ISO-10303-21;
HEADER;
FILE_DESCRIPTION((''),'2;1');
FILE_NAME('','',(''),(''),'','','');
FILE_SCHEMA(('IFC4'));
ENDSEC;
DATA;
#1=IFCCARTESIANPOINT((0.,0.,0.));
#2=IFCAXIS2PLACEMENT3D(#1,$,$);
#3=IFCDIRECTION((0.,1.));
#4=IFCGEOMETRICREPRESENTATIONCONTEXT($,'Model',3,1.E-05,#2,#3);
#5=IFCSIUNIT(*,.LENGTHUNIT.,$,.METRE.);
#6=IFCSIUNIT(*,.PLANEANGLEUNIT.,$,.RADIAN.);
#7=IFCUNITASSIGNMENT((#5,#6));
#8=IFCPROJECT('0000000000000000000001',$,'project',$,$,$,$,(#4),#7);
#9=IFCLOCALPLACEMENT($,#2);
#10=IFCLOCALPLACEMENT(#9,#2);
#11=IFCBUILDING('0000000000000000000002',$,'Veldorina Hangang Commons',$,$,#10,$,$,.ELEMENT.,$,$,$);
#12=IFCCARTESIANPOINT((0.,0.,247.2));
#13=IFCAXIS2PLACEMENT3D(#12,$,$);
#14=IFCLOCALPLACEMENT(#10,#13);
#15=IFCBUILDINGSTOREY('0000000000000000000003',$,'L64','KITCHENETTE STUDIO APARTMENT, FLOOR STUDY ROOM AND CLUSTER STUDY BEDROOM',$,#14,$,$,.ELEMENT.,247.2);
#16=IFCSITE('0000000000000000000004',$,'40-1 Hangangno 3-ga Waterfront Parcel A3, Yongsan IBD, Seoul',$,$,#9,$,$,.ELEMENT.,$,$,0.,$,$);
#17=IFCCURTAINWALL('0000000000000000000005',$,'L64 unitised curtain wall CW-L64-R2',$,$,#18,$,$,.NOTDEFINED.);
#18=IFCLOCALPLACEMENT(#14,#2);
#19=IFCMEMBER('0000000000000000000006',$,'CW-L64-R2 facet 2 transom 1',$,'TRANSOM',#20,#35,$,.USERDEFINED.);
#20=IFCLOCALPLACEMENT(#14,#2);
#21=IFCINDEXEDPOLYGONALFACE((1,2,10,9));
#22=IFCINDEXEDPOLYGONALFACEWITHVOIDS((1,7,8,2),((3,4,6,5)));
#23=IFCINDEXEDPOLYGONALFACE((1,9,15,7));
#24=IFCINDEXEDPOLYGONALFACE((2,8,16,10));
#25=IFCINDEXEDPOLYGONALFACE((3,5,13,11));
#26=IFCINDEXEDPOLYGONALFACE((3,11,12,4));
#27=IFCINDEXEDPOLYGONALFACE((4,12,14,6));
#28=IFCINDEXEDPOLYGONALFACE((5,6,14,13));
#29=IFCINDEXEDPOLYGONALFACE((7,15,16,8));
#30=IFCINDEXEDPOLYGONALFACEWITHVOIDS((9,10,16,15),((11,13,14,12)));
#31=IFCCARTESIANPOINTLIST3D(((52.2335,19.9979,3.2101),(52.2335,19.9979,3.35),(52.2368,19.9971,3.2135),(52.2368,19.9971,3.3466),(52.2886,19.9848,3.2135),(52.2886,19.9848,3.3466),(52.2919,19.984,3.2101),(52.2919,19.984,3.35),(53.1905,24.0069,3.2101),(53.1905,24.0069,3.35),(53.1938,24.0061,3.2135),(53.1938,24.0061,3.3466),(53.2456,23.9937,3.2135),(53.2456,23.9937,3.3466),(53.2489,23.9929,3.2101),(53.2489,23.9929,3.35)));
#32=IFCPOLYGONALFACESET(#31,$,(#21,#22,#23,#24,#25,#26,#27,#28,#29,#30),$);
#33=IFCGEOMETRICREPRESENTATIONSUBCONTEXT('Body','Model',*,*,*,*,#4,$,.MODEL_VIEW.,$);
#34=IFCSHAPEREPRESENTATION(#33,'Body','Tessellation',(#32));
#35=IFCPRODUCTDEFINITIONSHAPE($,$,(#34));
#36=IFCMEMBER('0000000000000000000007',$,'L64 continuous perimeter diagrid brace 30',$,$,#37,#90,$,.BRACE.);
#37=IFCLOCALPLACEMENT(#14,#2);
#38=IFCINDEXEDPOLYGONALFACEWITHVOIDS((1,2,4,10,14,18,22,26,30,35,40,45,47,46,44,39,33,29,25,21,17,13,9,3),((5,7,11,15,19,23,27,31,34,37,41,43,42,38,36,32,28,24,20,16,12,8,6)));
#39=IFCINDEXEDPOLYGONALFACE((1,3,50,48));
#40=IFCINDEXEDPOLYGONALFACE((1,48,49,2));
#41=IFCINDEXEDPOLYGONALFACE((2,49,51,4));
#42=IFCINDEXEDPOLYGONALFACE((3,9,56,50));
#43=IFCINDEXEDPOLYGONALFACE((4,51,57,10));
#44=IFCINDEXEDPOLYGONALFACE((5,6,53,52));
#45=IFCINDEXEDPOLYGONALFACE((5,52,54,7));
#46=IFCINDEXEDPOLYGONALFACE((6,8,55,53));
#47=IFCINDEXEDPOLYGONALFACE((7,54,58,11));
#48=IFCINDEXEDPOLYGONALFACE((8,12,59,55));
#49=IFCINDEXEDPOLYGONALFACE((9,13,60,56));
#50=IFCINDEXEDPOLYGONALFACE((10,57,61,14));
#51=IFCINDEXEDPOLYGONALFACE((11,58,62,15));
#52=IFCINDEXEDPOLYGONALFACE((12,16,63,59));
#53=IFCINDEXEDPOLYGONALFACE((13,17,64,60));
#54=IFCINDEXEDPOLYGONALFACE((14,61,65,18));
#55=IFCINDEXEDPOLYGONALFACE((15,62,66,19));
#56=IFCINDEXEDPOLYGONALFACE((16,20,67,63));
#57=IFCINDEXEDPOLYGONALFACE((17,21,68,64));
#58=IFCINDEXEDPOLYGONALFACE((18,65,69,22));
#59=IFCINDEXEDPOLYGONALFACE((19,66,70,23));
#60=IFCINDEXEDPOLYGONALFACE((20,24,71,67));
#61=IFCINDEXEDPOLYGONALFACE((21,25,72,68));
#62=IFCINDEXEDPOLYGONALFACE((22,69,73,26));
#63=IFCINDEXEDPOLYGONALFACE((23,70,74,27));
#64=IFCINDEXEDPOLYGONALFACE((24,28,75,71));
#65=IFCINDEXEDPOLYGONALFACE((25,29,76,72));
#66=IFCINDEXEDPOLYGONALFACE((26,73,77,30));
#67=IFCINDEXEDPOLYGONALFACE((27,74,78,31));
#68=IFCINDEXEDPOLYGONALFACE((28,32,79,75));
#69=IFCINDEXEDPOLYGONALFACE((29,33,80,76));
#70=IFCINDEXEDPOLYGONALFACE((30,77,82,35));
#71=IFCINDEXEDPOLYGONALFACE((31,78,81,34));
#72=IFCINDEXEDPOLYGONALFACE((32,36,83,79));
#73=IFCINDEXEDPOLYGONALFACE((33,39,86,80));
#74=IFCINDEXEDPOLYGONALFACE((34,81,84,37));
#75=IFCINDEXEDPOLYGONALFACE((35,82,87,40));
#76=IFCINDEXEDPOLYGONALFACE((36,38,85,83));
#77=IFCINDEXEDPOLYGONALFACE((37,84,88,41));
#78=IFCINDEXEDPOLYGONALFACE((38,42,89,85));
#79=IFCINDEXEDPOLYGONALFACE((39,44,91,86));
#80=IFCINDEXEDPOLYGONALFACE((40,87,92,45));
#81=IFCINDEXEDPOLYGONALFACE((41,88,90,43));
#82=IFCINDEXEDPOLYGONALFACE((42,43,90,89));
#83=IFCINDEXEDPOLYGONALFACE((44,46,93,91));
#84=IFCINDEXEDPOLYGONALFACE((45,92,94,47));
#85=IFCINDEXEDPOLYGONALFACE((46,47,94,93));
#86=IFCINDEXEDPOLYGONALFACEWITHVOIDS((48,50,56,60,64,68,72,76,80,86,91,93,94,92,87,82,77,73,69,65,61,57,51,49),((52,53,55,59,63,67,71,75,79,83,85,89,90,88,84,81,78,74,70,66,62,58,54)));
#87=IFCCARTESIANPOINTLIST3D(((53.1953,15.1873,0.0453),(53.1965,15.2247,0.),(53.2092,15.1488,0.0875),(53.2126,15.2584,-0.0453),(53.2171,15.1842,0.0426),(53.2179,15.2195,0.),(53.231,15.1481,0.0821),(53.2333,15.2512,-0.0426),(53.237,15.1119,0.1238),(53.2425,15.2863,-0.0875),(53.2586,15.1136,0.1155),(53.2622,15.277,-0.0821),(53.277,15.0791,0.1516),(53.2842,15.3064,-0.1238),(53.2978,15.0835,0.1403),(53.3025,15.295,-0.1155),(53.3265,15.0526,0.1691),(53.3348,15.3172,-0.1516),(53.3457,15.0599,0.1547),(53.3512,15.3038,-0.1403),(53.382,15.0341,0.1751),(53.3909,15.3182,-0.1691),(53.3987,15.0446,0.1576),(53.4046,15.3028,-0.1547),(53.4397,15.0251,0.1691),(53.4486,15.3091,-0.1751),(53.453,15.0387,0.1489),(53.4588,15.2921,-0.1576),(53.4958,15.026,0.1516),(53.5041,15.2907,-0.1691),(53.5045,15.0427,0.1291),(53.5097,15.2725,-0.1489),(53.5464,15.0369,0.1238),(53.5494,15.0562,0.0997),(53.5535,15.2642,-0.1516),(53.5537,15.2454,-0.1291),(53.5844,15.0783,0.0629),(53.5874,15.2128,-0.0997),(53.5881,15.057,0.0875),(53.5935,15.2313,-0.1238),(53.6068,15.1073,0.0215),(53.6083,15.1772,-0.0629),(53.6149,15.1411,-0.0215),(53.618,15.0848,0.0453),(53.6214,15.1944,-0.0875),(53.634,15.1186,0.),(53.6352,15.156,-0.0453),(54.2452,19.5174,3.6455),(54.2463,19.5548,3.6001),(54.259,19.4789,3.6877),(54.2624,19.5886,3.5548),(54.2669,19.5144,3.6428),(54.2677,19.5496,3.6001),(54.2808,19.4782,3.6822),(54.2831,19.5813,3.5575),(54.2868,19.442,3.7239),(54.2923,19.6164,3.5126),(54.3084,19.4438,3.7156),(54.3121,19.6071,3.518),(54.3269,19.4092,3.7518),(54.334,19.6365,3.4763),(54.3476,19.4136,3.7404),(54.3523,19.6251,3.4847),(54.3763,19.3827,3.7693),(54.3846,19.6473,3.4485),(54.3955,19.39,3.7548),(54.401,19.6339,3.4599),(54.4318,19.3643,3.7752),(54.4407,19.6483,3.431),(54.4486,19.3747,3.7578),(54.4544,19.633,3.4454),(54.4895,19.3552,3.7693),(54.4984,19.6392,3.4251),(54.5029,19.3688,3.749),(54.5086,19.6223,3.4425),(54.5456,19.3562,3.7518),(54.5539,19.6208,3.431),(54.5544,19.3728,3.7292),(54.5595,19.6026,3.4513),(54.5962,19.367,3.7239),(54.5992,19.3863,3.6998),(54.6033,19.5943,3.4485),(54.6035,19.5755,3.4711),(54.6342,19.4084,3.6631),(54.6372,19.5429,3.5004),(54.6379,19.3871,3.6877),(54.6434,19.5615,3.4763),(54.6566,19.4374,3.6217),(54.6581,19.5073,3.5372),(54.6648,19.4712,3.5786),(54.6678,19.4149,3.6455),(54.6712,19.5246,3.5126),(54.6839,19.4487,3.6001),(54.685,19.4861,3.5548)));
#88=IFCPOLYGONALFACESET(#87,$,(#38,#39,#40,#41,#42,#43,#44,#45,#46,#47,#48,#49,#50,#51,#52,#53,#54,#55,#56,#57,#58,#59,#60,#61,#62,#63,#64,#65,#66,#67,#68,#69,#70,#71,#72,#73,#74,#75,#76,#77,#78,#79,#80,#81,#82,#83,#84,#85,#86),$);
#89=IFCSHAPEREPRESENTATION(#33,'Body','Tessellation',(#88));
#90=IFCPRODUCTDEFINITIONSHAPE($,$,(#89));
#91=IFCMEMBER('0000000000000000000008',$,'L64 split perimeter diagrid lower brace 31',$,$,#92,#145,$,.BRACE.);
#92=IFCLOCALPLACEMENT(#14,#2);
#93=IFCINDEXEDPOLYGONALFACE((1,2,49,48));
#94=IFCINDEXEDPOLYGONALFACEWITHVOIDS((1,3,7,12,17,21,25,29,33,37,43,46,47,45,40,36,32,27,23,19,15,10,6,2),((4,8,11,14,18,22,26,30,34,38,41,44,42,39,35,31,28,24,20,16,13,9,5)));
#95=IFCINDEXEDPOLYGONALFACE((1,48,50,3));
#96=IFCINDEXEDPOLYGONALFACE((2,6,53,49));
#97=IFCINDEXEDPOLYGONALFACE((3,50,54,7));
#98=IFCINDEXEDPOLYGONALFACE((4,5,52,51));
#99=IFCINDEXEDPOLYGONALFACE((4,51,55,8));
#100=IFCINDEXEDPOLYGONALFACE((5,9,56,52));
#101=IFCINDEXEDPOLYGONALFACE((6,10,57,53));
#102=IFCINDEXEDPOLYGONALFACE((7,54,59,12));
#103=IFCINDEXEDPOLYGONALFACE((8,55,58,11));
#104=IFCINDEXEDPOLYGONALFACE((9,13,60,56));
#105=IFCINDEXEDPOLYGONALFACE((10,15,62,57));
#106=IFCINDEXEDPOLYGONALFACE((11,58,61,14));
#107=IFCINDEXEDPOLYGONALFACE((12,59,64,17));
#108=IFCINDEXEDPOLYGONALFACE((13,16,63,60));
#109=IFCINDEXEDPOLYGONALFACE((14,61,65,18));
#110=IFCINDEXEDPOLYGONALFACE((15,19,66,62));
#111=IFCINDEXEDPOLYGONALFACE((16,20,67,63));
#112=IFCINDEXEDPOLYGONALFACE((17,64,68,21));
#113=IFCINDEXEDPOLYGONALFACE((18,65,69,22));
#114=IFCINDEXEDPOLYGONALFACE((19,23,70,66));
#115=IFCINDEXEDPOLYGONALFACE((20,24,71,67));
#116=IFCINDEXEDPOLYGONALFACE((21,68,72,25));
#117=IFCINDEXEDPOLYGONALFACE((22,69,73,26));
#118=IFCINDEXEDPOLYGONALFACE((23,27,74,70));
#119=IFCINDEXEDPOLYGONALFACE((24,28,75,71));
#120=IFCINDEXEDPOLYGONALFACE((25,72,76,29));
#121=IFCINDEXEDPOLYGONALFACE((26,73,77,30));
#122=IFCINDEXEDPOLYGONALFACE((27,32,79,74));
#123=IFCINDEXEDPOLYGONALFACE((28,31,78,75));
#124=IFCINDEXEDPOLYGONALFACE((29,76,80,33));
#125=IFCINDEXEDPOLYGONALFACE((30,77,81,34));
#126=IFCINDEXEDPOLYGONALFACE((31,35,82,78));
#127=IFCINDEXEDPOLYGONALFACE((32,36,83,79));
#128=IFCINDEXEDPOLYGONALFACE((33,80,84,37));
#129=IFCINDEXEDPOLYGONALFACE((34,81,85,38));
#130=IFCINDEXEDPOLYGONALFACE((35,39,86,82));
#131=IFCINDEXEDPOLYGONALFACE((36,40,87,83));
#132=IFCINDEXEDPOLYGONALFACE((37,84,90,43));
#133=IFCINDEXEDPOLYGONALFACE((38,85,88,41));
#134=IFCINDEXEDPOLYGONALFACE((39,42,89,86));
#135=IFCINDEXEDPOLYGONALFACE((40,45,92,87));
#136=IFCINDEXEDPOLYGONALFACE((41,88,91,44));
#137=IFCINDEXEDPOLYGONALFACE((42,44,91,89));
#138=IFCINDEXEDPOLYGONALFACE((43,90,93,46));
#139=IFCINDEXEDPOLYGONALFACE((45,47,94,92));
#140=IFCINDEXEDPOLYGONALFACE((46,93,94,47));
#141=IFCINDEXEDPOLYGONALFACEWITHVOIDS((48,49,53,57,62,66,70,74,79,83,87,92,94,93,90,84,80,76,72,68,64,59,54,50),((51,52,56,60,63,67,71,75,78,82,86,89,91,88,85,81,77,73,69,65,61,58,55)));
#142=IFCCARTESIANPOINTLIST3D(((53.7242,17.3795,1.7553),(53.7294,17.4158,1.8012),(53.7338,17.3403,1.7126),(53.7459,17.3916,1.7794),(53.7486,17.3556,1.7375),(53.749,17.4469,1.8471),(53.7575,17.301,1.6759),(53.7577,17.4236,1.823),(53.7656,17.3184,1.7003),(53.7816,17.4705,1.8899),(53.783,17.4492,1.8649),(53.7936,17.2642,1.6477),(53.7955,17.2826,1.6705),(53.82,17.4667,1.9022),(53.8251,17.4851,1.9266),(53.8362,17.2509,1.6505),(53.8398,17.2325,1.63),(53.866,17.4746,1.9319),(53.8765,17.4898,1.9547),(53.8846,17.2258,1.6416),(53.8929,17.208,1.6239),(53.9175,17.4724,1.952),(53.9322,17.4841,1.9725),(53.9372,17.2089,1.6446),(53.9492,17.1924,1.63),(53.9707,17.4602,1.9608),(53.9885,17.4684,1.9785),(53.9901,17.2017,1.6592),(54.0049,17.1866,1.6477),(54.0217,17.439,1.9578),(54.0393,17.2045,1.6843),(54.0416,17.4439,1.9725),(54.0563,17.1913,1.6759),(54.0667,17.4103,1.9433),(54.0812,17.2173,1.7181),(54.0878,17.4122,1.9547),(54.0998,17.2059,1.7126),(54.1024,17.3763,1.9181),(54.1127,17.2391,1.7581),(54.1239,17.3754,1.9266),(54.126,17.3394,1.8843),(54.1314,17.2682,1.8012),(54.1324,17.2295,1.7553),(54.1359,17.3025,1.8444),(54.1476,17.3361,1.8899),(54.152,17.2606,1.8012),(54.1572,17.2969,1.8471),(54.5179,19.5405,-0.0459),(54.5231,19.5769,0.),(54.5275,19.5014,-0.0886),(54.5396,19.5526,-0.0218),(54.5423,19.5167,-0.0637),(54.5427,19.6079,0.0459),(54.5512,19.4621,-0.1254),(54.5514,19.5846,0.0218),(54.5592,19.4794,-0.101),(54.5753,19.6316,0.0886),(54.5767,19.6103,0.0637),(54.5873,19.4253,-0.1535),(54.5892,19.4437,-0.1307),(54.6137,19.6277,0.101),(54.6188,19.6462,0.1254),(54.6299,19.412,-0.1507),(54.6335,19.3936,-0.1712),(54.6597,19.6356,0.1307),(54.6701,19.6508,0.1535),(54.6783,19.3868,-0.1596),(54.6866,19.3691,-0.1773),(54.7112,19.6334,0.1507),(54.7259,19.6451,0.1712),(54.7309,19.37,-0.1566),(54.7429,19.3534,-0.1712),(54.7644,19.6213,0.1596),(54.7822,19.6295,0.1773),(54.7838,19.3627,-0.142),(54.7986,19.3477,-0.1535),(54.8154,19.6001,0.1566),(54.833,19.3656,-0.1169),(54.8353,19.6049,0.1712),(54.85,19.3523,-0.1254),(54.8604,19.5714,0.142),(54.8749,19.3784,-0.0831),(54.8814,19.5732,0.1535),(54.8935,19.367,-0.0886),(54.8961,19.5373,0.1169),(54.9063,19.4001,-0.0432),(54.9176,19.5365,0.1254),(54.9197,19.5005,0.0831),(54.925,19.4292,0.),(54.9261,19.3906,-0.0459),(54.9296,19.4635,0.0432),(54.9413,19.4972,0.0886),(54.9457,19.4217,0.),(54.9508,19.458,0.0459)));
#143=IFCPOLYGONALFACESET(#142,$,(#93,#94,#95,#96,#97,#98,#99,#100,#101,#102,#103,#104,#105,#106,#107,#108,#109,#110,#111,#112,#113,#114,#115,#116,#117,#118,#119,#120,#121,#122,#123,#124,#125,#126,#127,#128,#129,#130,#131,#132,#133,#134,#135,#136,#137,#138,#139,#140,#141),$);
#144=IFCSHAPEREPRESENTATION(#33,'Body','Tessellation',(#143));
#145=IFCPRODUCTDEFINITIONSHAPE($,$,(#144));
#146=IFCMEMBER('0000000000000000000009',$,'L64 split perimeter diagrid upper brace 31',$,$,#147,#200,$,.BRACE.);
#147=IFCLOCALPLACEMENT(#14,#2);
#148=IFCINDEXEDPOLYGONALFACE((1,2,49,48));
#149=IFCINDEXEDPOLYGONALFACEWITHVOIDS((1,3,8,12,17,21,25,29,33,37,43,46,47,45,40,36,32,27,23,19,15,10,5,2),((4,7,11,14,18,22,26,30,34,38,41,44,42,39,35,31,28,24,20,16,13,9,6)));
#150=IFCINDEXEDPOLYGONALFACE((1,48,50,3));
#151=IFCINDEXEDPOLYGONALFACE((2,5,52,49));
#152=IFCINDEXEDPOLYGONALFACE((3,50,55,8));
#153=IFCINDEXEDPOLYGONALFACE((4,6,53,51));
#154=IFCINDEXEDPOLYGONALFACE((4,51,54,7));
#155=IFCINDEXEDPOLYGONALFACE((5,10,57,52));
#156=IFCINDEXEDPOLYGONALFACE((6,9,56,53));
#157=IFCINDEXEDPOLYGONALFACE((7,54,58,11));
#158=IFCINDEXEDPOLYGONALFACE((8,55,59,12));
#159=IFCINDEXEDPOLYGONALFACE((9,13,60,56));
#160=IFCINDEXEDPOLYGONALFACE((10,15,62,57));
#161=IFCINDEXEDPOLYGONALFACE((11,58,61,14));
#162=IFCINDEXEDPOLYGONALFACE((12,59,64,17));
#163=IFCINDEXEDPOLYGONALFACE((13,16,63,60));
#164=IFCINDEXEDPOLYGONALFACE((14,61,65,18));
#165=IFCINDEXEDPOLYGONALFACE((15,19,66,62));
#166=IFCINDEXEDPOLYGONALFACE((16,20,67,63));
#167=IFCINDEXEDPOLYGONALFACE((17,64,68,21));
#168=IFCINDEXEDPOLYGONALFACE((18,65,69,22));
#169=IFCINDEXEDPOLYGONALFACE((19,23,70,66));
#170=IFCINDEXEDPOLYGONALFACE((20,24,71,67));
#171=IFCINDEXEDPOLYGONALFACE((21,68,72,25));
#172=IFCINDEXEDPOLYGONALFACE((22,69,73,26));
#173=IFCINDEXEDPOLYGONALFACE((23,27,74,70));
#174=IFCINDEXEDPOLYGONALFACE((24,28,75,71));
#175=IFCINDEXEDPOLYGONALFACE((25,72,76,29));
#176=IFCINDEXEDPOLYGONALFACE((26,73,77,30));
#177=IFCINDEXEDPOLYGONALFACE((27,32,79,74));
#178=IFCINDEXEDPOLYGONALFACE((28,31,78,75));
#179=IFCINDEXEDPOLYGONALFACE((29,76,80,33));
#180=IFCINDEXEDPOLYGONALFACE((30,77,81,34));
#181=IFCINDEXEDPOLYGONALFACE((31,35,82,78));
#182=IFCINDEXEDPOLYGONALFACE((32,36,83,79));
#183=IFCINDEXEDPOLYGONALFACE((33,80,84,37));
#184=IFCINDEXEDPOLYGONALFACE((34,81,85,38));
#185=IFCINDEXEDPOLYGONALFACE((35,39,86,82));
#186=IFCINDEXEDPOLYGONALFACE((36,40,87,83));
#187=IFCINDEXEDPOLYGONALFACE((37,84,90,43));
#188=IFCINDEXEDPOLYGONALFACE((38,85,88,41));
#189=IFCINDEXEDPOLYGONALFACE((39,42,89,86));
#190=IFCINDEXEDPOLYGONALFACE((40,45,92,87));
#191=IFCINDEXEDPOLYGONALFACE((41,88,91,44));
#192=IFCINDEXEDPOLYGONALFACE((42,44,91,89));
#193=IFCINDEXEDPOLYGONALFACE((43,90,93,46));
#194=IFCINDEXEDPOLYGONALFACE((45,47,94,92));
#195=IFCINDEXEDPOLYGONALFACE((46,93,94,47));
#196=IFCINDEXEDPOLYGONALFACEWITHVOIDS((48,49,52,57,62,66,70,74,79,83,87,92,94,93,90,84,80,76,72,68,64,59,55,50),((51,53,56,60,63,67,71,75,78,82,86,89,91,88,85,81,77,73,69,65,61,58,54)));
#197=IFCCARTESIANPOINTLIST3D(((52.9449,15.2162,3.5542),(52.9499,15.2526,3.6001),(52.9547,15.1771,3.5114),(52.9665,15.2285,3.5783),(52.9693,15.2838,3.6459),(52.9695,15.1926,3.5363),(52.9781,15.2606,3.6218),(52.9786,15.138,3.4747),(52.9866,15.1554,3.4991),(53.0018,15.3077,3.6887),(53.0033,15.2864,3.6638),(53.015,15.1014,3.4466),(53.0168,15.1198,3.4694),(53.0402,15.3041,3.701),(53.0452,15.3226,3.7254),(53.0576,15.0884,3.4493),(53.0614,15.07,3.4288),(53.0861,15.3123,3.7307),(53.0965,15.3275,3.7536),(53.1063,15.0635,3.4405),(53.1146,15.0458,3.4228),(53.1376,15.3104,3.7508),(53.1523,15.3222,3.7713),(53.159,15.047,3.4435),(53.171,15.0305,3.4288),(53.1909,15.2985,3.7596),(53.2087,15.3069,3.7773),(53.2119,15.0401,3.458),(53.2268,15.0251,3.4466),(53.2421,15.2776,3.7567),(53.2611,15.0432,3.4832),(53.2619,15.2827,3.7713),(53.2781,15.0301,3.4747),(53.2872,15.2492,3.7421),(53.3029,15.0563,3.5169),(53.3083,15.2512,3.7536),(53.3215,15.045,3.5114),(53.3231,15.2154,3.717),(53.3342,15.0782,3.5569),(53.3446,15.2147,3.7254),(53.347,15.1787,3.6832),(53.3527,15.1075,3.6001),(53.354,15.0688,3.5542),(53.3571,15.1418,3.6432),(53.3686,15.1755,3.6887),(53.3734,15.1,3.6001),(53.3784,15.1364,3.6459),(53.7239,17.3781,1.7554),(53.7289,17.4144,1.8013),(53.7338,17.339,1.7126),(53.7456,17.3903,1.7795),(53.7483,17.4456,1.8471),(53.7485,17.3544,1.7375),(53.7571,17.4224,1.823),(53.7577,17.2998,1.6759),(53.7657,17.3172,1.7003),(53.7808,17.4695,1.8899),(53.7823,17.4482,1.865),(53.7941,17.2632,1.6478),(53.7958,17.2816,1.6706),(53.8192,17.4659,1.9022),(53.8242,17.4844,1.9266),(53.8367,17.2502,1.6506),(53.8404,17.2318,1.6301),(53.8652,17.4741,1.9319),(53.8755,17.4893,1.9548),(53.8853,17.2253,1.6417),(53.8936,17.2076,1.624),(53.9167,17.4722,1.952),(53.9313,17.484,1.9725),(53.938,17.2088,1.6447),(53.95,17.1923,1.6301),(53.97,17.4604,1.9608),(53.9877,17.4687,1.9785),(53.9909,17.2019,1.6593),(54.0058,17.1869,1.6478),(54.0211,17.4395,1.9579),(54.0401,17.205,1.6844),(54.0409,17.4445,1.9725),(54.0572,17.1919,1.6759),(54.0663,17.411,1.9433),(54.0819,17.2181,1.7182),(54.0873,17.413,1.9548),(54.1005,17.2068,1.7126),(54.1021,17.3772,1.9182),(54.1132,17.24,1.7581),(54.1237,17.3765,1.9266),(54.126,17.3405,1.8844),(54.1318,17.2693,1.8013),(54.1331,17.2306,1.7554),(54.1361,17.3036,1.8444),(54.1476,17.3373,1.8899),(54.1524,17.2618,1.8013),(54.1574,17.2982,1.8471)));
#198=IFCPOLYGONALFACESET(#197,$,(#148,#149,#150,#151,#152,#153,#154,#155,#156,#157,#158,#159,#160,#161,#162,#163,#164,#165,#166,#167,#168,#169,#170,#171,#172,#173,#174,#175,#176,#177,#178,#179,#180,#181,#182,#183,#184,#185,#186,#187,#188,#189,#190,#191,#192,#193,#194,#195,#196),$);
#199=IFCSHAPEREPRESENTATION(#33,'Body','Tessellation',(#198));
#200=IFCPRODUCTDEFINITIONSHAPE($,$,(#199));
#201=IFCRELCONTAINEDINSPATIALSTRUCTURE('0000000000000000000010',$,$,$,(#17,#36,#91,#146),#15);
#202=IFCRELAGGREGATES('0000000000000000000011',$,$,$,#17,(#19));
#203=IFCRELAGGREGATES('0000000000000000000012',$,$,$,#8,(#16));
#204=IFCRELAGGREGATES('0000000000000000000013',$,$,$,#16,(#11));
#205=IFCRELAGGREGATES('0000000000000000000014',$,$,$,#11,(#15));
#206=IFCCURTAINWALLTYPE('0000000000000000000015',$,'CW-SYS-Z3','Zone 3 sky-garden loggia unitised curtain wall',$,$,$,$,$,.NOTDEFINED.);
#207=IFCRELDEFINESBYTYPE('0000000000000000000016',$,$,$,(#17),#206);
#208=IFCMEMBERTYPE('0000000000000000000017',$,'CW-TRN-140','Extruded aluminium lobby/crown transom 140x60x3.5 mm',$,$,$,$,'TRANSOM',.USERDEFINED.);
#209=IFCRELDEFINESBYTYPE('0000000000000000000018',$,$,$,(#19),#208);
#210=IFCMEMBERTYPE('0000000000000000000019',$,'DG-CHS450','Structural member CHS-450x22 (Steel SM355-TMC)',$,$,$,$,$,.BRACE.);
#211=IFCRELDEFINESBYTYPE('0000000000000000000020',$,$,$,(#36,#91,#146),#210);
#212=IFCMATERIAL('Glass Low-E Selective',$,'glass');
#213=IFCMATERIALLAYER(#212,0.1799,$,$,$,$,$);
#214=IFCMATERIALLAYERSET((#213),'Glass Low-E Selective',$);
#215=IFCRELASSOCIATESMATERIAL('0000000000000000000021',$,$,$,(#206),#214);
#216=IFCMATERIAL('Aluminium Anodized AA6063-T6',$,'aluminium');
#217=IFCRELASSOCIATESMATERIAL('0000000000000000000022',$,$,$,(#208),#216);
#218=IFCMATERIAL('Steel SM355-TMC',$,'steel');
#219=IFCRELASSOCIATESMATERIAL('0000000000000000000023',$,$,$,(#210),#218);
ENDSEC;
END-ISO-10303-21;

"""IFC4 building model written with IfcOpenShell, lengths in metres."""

from ifc_helpers import new_model, si_unit, direction, frame, origin, origin_2d, place, context, subcontext, project, spatial, hollow_rectangle, hollow_circle, extrude, material, layer, layer_set, material_profile, profile_set, type_object, element, aggregate, save


model = new_model("IFC4")

# Units and contexts
model_context = context("Model", 3, precision=1e-05, world=origin(), true_north=direction((0.0, 1.0)))
body_context = subcontext(model_context, "Body", "Model", "MODEL_VIEW")
ifc_project = project(units=[si_unit("LENGTHUNIT", "METRE"), si_unit("PLANEANGLEUNIT", "RADIAN")], contexts=[model_context])

# Site, building, storey
site_placement = place(None, origin())
site = spatial("IfcSite", under=ifc_project, at=site_placement, Name="40-1 Hangangno 3-ga Waterfront Parcel A3, Yongsan IBD, Seoul", CompositionType="ELEMENT", RefElevation=0.0)
building_placement = place(site_placement, origin())
building = spatial("IfcBuilding", under=site, at=building_placement, Name="Veldorina Hangang Commons", CompositionType="ELEMENT")
storey_placement = place(building_placement, frame((0.0, 0.0, 247.2)))
storey = spatial("IfcBuildingStorey", under=building, at=storey_placement, Name="L64", Description="KITCHENETTE STUDIO APARTMENT, FLOOR STUDY ROOM AND CLUSTER STUDY BEDROOM", CompositionType="ELEMENT", Elevation=247.2)

# Shared definitions
ifc_material_1 = material(Name="Steel SM355-TMC", Category="steel")

# Curtain wall, member
ifc_material_2 = material(Name="Glass Low-E Selective", Category="glass")
ifc_layer_1 = layer(ifc_material_2, 0.1799)
ifc_layer_set_1 = layer_set([ifc_layer_1], Name="Glass Low-E Selective")
curtain_wall_type = type_object("IfcCurtainWallType", Name="CW-SYS-Z3", Description="Zone 3 sky-garden loggia unitised curtain wall", PredefinedType="NOTDEFINED", material=ifc_layer_set_1)
curtain_wall_placement = place(storey_placement, origin())
curtain_wall = element("IfcCurtainWall", 1, at=curtain_wall_placement, inside=storey, type_object=curtain_wall_type, Name="L64 unitised curtain wall CW-L64-R2", PredefinedType="NOTDEFINED")
ifc_material_3 = material(Name="Aluminium Anodized AA6063-T6", Category="aluminium")
ifc_material_profile_1 = material_profile(ifc_material_3, hollow_rectangle(XDim=0.0601, YDim=0.1399, WallThickness=0.0034, at=origin_2d()), Name="ALU-RHS-140x60x3.5")
ifc_profile_set_1 = profile_set([ifc_material_profile_1], Name="Aluminium Anodized AA6063-T6")
member_type_1 = type_object("IfcMemberType", Name="CW-TRN-140", Description="Extruded aluminium lobby/crown transom 140x60x3.5 mm", ElementType="TRANSOM", PredefinedType="USERDEFINED", material=ifc_profile_set_1)
member_1_placement = place(storey_placement, frame((52.2627, 19.991, 3.28), z_axis=(0.232194, 0.972669, 0.0), x_axis=(-0.972669, 0.232194, 0.0)))
member_1 = element("IfcMember", 2, at=member_1_placement, type_object=member_type_1, Name="CW-L64-R2 facet 2 transom 1", ObjectType="TRANSOM", PredefinedType="USERDEFINED", context=body_context, shape_type="SweptSolid", body=[
    extrude(hollow_rectangle(XDim=0.0601, YDim=0.1399, WallThickness=0.0034, at=origin_2d()), origin(), (0.0, 0.0, 1.0), 4.1216),
])

# Members
ifc_material_profile_2 = material_profile(ifc_material_1, hollow_circle(Radius=0.2251, WallThickness=0.022, at=origin_2d()), Name="CHS-450x22")
ifc_profile_set_2 = profile_set([ifc_material_profile_2], Name="Steel SM355-TMC")
member_type_2 = type_object("IfcMemberType", Name="DG-CHS450", Description="Structural member CHS-450x22 (Steel SM355-TMC)", PredefinedType="BRACE", material=ifc_profile_set_2)
member_2_placement = place(storey_placement, frame((53.4153, 15.1716, 0.0), z_axis=(0.183269, 0.755922, 0.628486), x_axis=(-0.971846, 0.235619, 0.0)))
element("IfcMember", 3, at=member_2_placement, inside=storey, type_object=member_type_2, Name="L64 continuous perimeter diagrid brace 30", PredefinedType="BRACE", context=body_context, shape_type="SweptSolid", body=[
    extrude(hollow_circle(Radius=0.2251, WallThickness=0.022, at=origin_2d()), origin(), (0.0, 0.0, 1.0), 5.7283),
])
member_3_placement = place(storey_placement, frame((54.7344, 19.4993, 0.0), z_axis=(-0.271519, -0.739307, 0.6162), x_axis=(0.938696, -0.344747, 0.0)))
element("IfcMember", 4, at=member_3_placement, inside=storey, type_object=member_type_2, Name="L64 split perimeter diagrid lower brace 31", PredefinedType="BRACE", context=body_context, shape_type="SweptSolid", body=[
    extrude(hollow_circle(Radius=0.2251, WallThickness=0.022, at=origin_2d()), origin(), (0.0, 0.0, 1.0), 2.9231),
])
member_4_placement = place(storey_placement, frame((53.9407, 17.3381, 1.8013), z_axis=(-0.266956, -0.740801, 0.6164), x_axis=(0.940779, -0.33902, 0.0)))
element("IfcMember", 5, at=member_4_placement, inside=storey, type_object=member_type_2, Name="L64 split perimeter diagrid upper brace 31", PredefinedType="BRACE", context=body_context, shape_type="SweptSolid", body=[
    extrude(hollow_circle(Radius=0.2251, WallThickness=0.022, at=origin_2d()), origin(), (0.0, 0.0, 1.0), 2.9182),
])

aggregate(curtain_wall, [member_1])

save(model, "model.ifc")
